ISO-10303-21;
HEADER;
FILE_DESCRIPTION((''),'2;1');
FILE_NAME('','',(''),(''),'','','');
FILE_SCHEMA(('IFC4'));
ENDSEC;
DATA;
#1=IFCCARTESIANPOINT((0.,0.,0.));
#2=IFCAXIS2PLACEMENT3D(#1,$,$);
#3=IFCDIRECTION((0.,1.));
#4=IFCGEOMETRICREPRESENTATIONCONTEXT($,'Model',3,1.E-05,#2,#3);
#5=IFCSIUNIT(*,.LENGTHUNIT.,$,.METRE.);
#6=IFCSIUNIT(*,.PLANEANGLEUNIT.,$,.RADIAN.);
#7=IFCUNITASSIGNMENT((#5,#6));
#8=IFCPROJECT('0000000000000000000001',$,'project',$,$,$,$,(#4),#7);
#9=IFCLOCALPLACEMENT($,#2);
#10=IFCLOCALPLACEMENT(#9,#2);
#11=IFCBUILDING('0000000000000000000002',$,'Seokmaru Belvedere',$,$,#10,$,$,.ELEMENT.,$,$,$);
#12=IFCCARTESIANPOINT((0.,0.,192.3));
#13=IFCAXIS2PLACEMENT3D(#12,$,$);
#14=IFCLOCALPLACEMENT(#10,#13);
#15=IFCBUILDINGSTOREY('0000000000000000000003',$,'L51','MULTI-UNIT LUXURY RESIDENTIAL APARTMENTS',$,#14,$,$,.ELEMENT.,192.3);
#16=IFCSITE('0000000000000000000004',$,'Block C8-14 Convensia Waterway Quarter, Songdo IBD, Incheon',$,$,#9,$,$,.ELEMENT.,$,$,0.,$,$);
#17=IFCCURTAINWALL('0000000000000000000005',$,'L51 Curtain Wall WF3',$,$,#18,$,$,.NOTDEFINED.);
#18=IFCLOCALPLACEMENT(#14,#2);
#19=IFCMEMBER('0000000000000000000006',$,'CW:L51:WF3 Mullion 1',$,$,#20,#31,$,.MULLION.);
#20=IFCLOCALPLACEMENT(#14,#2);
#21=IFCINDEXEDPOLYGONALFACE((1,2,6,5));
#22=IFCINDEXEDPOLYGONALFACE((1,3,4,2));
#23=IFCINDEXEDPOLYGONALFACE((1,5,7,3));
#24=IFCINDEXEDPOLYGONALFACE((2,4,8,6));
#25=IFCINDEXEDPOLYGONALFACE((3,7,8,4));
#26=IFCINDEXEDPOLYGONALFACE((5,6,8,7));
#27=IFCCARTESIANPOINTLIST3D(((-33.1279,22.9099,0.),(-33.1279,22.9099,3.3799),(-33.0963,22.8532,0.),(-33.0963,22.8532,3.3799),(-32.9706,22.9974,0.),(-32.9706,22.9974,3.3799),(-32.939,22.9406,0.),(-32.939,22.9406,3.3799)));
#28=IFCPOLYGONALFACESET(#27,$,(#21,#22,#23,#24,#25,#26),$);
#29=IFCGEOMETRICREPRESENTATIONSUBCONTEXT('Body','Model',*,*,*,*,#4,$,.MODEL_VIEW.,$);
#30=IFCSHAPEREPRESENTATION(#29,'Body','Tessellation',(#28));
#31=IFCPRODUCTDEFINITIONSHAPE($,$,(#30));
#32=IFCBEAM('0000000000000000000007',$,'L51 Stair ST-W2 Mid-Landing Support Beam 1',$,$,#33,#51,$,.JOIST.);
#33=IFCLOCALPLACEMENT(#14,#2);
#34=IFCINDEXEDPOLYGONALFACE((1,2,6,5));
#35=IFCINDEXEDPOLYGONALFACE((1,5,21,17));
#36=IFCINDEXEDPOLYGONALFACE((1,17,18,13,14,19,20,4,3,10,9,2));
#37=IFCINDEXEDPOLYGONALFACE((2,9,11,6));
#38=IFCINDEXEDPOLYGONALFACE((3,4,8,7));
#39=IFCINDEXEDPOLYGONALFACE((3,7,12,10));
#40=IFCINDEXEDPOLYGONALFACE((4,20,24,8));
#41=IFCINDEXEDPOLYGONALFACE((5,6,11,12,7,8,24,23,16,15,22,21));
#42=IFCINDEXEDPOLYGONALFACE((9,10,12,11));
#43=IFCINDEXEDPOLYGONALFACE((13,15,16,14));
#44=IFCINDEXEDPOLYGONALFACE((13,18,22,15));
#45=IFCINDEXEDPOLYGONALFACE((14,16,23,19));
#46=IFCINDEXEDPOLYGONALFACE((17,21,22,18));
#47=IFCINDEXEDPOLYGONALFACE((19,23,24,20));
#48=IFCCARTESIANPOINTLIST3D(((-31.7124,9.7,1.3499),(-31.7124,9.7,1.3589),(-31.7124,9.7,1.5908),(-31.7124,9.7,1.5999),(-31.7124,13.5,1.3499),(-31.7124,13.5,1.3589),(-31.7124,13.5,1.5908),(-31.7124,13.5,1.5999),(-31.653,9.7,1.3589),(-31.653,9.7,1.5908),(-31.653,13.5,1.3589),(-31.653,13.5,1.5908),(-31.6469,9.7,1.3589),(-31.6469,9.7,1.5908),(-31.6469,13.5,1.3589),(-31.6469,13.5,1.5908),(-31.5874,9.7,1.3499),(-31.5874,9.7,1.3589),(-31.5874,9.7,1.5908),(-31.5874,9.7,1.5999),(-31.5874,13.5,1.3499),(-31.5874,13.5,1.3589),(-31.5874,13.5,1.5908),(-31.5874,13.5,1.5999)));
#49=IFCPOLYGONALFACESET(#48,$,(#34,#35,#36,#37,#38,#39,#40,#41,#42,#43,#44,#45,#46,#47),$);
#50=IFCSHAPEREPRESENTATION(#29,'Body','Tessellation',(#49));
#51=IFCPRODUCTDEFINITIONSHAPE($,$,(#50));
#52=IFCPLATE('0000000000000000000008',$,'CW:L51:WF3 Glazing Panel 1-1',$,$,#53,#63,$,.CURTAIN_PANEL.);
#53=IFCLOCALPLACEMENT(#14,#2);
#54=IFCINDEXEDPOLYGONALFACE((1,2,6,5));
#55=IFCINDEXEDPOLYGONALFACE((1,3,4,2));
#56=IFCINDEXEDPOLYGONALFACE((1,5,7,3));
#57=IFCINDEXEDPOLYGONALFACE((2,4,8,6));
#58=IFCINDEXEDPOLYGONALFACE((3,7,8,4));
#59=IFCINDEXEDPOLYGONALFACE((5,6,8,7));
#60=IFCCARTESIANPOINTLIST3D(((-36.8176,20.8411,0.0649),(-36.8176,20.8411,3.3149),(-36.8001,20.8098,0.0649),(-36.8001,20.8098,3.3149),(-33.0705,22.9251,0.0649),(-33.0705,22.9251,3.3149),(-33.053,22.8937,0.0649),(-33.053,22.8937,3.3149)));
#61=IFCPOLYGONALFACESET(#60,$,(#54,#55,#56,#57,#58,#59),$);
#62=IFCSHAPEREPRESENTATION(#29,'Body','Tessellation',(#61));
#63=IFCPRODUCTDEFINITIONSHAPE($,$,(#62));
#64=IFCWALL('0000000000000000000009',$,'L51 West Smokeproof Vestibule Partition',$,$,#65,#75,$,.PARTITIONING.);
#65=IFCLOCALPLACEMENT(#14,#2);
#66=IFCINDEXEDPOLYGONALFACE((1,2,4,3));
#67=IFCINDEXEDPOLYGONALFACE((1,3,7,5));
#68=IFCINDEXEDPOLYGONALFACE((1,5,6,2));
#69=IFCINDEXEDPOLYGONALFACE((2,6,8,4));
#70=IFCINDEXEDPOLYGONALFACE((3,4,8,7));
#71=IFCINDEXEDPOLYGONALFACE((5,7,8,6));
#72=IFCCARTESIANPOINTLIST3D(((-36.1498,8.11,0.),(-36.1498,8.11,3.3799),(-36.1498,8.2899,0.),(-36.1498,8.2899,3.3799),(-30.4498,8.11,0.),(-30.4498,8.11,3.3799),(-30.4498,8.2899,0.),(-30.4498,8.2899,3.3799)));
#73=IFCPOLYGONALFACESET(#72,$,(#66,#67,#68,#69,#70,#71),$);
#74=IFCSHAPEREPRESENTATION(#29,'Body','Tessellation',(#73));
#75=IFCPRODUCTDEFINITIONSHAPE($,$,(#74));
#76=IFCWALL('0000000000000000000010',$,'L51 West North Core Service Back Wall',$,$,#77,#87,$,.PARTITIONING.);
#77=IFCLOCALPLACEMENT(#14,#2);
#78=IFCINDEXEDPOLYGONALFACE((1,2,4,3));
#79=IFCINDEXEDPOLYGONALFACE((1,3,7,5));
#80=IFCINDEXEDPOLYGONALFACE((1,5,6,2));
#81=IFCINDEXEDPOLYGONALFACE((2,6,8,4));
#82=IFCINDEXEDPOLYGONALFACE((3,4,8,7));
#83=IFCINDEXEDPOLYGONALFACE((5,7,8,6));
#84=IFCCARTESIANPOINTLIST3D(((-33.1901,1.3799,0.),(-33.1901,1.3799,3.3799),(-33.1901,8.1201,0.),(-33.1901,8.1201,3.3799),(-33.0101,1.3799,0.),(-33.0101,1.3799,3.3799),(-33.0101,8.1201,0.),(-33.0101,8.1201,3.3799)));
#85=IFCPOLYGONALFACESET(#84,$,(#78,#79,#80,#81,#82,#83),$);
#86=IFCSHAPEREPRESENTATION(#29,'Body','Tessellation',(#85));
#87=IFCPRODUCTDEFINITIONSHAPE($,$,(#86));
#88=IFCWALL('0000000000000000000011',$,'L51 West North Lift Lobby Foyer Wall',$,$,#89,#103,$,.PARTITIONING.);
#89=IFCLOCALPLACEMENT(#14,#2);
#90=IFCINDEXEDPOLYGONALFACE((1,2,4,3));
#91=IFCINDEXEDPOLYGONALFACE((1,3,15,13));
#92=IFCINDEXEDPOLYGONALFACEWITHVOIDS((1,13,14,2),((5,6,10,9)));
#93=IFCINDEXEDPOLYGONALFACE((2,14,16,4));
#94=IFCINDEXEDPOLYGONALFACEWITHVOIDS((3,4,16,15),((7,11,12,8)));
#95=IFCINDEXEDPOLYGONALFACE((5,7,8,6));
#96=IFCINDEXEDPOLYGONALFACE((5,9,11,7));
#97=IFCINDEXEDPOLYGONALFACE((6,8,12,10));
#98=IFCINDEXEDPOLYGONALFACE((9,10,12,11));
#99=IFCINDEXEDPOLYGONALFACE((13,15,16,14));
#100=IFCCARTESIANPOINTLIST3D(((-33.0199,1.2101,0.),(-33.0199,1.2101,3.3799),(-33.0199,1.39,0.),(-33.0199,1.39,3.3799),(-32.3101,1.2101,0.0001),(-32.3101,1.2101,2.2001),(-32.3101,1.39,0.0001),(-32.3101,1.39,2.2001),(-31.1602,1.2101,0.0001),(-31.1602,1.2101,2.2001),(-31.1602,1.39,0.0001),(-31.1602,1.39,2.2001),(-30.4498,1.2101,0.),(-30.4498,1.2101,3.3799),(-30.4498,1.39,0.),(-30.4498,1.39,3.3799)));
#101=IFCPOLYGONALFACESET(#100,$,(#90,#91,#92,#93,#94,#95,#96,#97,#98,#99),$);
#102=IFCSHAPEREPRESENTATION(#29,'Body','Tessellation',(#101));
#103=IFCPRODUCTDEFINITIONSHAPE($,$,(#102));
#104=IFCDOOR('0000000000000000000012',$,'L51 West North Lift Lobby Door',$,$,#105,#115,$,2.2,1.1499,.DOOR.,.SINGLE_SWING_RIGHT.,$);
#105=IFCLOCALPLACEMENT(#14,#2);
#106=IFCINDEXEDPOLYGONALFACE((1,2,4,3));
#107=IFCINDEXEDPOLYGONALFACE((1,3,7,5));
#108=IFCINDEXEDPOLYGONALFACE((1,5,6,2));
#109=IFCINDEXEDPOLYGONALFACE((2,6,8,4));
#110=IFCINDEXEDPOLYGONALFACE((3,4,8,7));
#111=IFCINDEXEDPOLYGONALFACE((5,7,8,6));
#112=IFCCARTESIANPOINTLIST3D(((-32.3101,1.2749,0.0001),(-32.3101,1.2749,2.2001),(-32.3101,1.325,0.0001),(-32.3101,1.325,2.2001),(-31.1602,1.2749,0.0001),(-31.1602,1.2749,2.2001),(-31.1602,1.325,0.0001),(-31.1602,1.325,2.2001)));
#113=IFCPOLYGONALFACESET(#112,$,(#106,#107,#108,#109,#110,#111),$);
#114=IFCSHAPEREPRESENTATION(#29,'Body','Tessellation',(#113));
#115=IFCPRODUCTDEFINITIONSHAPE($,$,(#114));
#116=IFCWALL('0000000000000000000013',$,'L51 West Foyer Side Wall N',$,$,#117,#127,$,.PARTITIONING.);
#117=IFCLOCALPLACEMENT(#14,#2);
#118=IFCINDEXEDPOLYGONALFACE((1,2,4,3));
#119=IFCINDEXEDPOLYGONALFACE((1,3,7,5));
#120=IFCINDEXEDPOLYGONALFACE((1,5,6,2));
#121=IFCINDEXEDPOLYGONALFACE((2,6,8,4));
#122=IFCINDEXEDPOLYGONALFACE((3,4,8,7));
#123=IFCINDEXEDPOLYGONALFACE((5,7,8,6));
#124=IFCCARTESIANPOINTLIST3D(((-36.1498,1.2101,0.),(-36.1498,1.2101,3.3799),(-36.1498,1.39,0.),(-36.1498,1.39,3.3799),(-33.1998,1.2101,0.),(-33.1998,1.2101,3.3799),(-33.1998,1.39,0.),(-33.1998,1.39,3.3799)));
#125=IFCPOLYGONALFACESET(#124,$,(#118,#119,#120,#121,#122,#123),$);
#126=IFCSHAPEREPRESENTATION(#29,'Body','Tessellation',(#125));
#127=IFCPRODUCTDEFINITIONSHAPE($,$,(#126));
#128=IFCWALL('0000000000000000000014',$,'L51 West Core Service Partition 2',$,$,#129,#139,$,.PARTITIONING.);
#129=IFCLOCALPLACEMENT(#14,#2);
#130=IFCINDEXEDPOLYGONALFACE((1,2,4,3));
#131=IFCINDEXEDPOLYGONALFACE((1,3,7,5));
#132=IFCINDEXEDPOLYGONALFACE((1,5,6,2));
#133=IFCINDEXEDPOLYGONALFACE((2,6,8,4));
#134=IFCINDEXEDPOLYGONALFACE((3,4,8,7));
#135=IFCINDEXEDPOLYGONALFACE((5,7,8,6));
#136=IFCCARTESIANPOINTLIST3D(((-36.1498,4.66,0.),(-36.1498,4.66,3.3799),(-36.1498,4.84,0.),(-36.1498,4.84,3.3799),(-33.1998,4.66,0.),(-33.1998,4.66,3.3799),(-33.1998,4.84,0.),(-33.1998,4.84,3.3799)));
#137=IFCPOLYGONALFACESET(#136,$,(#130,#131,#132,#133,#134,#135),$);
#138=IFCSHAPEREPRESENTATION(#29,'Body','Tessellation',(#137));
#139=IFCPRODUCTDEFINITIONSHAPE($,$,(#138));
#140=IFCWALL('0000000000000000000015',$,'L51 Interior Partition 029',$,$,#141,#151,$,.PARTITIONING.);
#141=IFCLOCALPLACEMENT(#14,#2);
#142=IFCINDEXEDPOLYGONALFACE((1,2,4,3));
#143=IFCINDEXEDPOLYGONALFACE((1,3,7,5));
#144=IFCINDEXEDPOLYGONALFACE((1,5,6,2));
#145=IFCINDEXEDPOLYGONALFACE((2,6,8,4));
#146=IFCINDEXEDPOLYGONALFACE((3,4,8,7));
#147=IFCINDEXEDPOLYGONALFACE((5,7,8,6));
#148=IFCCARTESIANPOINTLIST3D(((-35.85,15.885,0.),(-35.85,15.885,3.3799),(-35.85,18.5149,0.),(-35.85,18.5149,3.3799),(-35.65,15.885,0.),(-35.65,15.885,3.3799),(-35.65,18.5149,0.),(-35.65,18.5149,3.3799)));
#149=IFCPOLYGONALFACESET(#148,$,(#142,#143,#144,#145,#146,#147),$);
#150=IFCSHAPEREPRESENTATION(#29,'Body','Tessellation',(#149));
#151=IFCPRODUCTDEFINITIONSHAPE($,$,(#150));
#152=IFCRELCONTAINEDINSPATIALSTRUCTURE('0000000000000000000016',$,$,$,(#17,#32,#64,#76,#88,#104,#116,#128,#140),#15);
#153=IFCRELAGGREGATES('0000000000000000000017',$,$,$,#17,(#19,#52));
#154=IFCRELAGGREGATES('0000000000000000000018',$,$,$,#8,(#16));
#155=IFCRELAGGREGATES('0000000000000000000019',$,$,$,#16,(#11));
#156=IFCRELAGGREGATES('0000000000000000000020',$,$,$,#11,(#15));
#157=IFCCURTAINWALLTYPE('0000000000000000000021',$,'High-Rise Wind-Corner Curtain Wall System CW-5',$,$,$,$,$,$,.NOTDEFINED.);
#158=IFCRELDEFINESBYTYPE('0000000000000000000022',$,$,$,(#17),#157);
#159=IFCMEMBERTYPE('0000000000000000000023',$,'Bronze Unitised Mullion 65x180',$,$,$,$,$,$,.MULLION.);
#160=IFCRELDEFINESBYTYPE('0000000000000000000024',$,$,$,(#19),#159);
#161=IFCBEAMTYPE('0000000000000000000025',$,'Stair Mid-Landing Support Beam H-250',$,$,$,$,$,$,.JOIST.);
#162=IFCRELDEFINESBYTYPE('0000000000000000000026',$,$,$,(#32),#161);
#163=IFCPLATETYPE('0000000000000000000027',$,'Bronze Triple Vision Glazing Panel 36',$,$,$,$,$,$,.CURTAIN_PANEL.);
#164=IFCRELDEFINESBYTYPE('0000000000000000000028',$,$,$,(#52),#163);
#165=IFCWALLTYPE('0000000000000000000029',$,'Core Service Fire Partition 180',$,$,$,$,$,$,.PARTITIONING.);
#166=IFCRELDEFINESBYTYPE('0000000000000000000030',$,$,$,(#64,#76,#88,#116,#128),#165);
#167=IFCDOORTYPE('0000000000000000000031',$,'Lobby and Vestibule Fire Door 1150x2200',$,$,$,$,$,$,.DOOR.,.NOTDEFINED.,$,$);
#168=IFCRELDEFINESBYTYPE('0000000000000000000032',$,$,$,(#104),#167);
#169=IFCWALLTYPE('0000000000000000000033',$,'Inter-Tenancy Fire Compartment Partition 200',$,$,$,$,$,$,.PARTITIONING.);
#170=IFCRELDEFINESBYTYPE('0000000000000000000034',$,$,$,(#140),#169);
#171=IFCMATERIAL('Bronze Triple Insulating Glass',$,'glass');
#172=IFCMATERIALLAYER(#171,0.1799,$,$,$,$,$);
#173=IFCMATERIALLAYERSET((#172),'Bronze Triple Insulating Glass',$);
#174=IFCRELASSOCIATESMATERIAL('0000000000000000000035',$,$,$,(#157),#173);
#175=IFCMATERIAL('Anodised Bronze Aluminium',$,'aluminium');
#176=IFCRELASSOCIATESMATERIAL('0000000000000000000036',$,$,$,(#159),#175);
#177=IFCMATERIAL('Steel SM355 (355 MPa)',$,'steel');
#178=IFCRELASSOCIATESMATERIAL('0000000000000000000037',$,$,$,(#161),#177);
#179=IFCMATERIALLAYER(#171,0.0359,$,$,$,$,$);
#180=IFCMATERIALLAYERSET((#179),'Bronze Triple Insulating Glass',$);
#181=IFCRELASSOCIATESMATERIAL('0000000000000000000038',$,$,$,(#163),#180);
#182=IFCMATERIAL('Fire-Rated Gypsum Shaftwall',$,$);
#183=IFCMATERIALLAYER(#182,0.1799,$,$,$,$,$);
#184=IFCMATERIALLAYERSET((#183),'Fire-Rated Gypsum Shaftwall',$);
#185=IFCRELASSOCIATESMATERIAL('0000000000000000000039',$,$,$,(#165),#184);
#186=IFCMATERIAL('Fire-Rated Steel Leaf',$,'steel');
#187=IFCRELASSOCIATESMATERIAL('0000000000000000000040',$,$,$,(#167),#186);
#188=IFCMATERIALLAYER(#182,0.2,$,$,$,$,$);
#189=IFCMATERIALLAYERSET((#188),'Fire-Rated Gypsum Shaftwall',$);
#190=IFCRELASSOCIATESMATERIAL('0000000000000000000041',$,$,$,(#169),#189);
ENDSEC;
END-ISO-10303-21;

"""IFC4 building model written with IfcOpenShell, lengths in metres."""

from ifc_helpers import new_model, si_unit, direction, frame, frame_2d, origin, origin_2d, place, context, subcontext, project, spatial, rectangle, i_section, extrude, source, transform, mapped, material, layer, layer_set, material_profile, profile_set, type_object, type_shapes, element, fill, aggregate, save


model = new_model("IFC4")

# Units and contexts
model_context = context("Model", 3, precision=1e-05, world=origin(), true_north=direction((0.0, 1.0)))
body_context = subcontext(model_context, "Body", "Model", "MODEL_VIEW")
ifc_project = project(units=[si_unit("LENGTHUNIT", "METRE"), si_unit("PLANEANGLEUNIT", "RADIAN")], contexts=[model_context])

# Site, building, storey
site_placement = place(None, origin())
site = spatial("IfcSite", under=ifc_project, at=site_placement, Name="Block C8-14 Convensia Waterway Quarter, Songdo IBD, Incheon", CompositionType="ELEMENT", RefElevation=0.0)
building_placement = place(site_placement, origin())
building = spatial("IfcBuilding", under=site, at=building_placement, Name="Seokmaru Belvedere", CompositionType="ELEMENT")
storey_placement = place(building_placement, frame((0.0, 0.0, 192.3)))
storey = spatial("IfcBuildingStorey", under=building, at=storey_placement, Name="L51", Description="MULTI-UNIT LUXURY RESIDENTIAL APARTMENTS", CompositionType="ELEMENT", Elevation=192.3)

# Shared definitions
ifc_material_1 = material(Name="Steel SM355 (355 MPa)", Category="steel")

# Curtain wall, member
ifc_material_2 = material(Name="Bronze Triple Insulating Glass", Category="glass")
ifc_layer_1 = layer(ifc_material_2, 0.1799)
ifc_layer_set_1 = layer_set([ifc_layer_1], Name="Bronze Triple Insulating Glass")
curtain_wall_type = type_object("IfcCurtainWallType", Name="High-Rise Wind-Corner Curtain Wall System CW-5", PredefinedType="NOTDEFINED", material=ifc_layer_set_1)
curtain_wall_placement = place(storey_placement, origin())
curtain_wall = element("IfcCurtainWall", 1, at=curtain_wall_placement, inside=storey, type_object=curtain_wall_type, Name="L51 Curtain Wall WF3", PredefinedType="NOTDEFINED")
ifc_material_3 = material(Name="Anodised Bronze Aluminium", Category="aluminium")
ifc_material_profile_1 = material_profile(ifc_material_3, rectangle(XDim=0.0649, YDim=0.1799, at=origin_2d()), Name="CW-M-65x180")
ifc_profile_set_1 = profile_set([ifc_material_profile_1], Name="Anodised Bronze Aluminium")
member_type_1 = type_object("IfcMemberType", Name="Bronze Unitised Mullion 65x180", PredefinedType="MULLION", material=ifc_profile_set_1)
shared_shape_1 = source(origin(), body_context, "Body", "SweptSolid", [
    extrude(rectangle(XDim=0.0649, YDim=0.1799, at=origin_2d()), origin(), (0.0, 0.0, 1.0), 3.3799),
])
type_shapes(member_type_1, [shared_shape_1])
member_1_placement = place(storey_placement, frame((-33.0334, 22.9253, 0.0), z_axis=(0.0, 0.0, 1.0), x_axis=(0.486047, -0.873933, 0.0)))
member_1 = element("IfcMember", 2, at=member_1_placement, type_object=member_type_1, Name="CW:L51:WF3 Mullion 1", PredefinedType="MULLION", context=body_context, shape_type="MappedRepresentation", body=[
    mapped(shared_shape_1, transform((0.0, 0.0, 0.0), scale=1.0)),
])

# Beam
ifc_material_profile_2 = material_profile(ifc_material_1, i_section(OverallWidth=0.125, OverallDepth=0.25, WebThickness=0.0061, FlangeThickness=0.009, at=origin_2d()), Name="H-250x125x6x9")
ifc_profile_set_2 = profile_set([ifc_material_profile_2], Name="Steel SM355 (355 MPa)")
beam_type_1 = type_object("IfcBeamType", Name="Stair Mid-Landing Support Beam H-250", PredefinedType="JOIST", material=ifc_profile_set_2)
shared_shape_2 = source(origin(), body_context, "Body", "SweptSolid", [
    extrude(i_section(OverallWidth=0.125, OverallDepth=0.25, WebThickness=0.0061, FlangeThickness=0.009, at=origin_2d()), origin(), (0.0, 0.0, 1.0), 3.8),
])
type_shapes(beam_type_1, [shared_shape_2])
beam_1_placement = place(storey_placement, frame((-31.6499, 9.7, 1.4749), z_axis=(0.0, 1.0, 0.0), x_axis=(-1.0, 0.0, 0.0)))
element("IfcBeam", 3, at=beam_1_placement, inside=storey, type_object=beam_type_1, Name="L51 Stair ST-W2 Mid-Landing Support Beam 1", PredefinedType="JOIST", context=body_context, shape_type="MappedRepresentation", body=[
    mapped(shared_shape_2, transform((0.0, 0.0, 0.0), scale=1.0)),
])

# Plate
ifc_layer_2 = layer(ifc_material_2, 0.0359)
ifc_layer_set_2 = layer_set([ifc_layer_2], Name="Bronze Triple Insulating Glass")
plate_type = type_object("IfcPlateType", Name="Bronze Triple Vision Glazing Panel 36", PredefinedType="CURTAIN_PANEL", material=ifc_layer_set_2)
shared_shape_3 = source(origin(), body_context, "Body", "SweptSolid", [
    extrude(rectangle(XDim=4.2876, YDim=0.0359, at=origin_2d()), origin(), (0.0, 0.0, 1.0), 3.25),
])
type_shapes(plate_type, [shared_shape_3])
plate_placement = place(storey_placement, frame((-34.9353, 21.8674, 0.0649), z_axis=(0.0, 0.0, 1.0), x_axis=(-0.873933, -0.486047, 0.0)))
plate = element("IfcPlate", 4, at=plate_placement, type_object=plate_type, Name="CW:L51:WF3 Glazing Panel 1-1", PredefinedType="CURTAIN_PANEL", context=body_context, shape_type="MappedRepresentation", body=[
    mapped(shared_shape_3, transform((0.0, 0.0, 0.0), scale=1.0)),
])
aggregate(curtain_wall, [member_1, plate])

# Walls
ifc_material_4 = material(Name="Fire-Rated Gypsum Shaftwall")
ifc_layer_3 = layer(ifc_material_4, 0.1799)
ifc_layer_set_3 = layer_set([ifc_layer_3], Name="Fire-Rated Gypsum Shaftwall")
wall_type_1 = type_object("IfcWallType", Name="Core Service Fire Partition 180", PredefinedType="PARTITIONING", material=ifc_layer_set_3)
wall_1_placement = place(storey_placement, frame((-36.1499, 8.2, 0.0), z_axis=(0.0, 0.0, 1.0), x_axis=(1.0, 0.0, 0.0)))
element("IfcWall", 5, at=wall_1_placement, inside=storey, type_object=wall_type_1, Name="L51 West Smokeproof Vestibule Partition", PredefinedType="PARTITIONING", context=body_context, shape_type="SweptSolid", body=[
    extrude(rectangle(XDim=5.7, YDim=0.1799, at=frame_2d((2.8501, 0.0))), origin(), (0.0, 0.0, 1.0), 3.3799),
])
wall_2_placement = place(storey_placement, frame((-33.1001, 1.3799, 0.0), z_axis=(0.0, 0.0, 1.0), x_axis=(0.0, 1.0, 0.0)))
element("IfcWall", 6, at=wall_2_placement, inside=storey, type_object=wall_type_1, Name="L51 West North Core Service Back Wall", PredefinedType="PARTITIONING", context=body_context, shape_type="SweptSolid", body=[
    extrude(rectangle(XDim=6.7402, YDim=0.1799, at=frame_2d((3.3701, 0.0))), origin(), (0.0, 0.0, 1.0), 3.3799),
])

# Wall, opening, door
wall_3_placement = place(storey_placement, frame((-33.02, 1.3, 0.0), z_axis=(0.0, 0.0, 1.0), x_axis=(1.0, 0.0, 0.0)))
wall_3 = element("IfcWall", 7, at=wall_3_placement, inside=storey, type_object=wall_type_1, Name="L51 West North Lift Lobby Foyer Wall", PredefinedType="PARTITIONING", context=body_context, shape_type="SweptSolid", body=[
    extrude(rectangle(XDim=2.5701, YDim=0.1799, at=frame_2d((1.2852, 0.0))), origin(), (0.0, 0.0, 1.0), 3.3799),
])
opening_1_placement = place(wall_3_placement, frame((0.71, 0.0, 0.0)))
opening_1 = element("IfcOpeningElement", 8, at=opening_1_placement, cuts=wall_3, PredefinedType="OPENING", context=body_context, shape_type="SweptSolid", body=[
    extrude(rectangle(XDim=1.1499, YDim=2.2, at=frame_2d((0.575, 1.1001))), frame((0.0, 0.1001, 0.0), z_axis=(0.0, -1.0, 0.0), x_axis=(1.0, 0.0, 0.0)), (0.0, 0.0, 1.0), 0.2),
])
ifc_material_5 = material(Name="Fire-Rated Steel Leaf", Category="steel")
door_type_1 = type_object("IfcDoorType", Name="Lobby and Vestibule Fire Door 1150x2200", OperationType="NOTDEFINED", PredefinedType="DOOR", material=ifc_material_5)
shared_shape_4 = source(origin(), body_context, "Body", "SweptSolid", [
    extrude(rectangle(XDim=1.1499, YDim=2.2, at=frame_2d((0.575, 1.1001))), frame((0.0, 0.0249, 0.0), z_axis=(0.0, -1.0, 0.0), x_axis=(1.0, 0.0, 0.0)), (0.0, 0.0, 1.0), 0.05),
])
type_shapes(door_type_1, [shared_shape_4])
door_1_placement = place(opening_1_placement, origin())
door_1 = element("IfcDoor", 9, at=door_1_placement, inside=storey, type_object=door_type_1, Name="L51 West North Lift Lobby Door", OperationType="SINGLE_SWING_RIGHT", OverallHeight=2.2, OverallWidth=1.1499, PredefinedType="DOOR", context=body_context, shape_type="MappedRepresentation", body=[
    mapped(shared_shape_4, transform((0.0, 0.0, 0.0), scale=1.0)),
])
fill(opening_1, door_1)

# Walls
for number, where, z_axis, x_axis, name in (
    (10, (-36.1499, 1.3, 0.0), (0.0, 0.0, 1.0), (1.0, 0.0, 0.0), "L51 West Foyer Side Wall N"),
    (11, (-36.1499, 4.75, 0.0), (0.0, 0.0, 1.0), (1.0, 0.0, 0.0), "L51 West Core Service Partition 2"),
):
    element("IfcWall", number, at=place(storey_placement, frame(where, z_axis=z_axis, x_axis=x_axis)), inside=storey, type_object=wall_type_1, Name=name, PredefinedType="PARTITIONING", context=body_context, shape_type="SweptSolid", body=[
        extrude(rectangle(XDim=2.95, YDim=0.1799, at=frame_2d((1.4751, 0.0))), origin(), (0.0, 0.0, 1.0), 3.3799),
    ])
ifc_layer_4 = layer(ifc_material_4, 0.2)
ifc_layer_set_4 = layer_set([ifc_layer_4], Name="Fire-Rated Gypsum Shaftwall")
wall_type_2 = type_object("IfcWallType", Name="Inter-Tenancy Fire Compartment Partition 200", PredefinedType="PARTITIONING", material=ifc_layer_set_4)
wall_4_placement = place(storey_placement, frame((-35.75, 15.885, 0.0), z_axis=(0.0, 0.0, 1.0), x_axis=(0.0, 1.0, 0.0)))
element("IfcWall", 12, at=wall_4_placement, inside=storey, type_object=wall_type_2, Name="L51 Interior Partition 029", PredefinedType="PARTITIONING", context=body_context, shape_type="SweptSolid", body=[
    extrude(rectangle(XDim=2.6299, YDim=0.2, at=frame_2d((1.3149, 0.0))), origin(), (0.0, 0.0, 1.0), 3.3799),
])

save(model, "model.ifc")
